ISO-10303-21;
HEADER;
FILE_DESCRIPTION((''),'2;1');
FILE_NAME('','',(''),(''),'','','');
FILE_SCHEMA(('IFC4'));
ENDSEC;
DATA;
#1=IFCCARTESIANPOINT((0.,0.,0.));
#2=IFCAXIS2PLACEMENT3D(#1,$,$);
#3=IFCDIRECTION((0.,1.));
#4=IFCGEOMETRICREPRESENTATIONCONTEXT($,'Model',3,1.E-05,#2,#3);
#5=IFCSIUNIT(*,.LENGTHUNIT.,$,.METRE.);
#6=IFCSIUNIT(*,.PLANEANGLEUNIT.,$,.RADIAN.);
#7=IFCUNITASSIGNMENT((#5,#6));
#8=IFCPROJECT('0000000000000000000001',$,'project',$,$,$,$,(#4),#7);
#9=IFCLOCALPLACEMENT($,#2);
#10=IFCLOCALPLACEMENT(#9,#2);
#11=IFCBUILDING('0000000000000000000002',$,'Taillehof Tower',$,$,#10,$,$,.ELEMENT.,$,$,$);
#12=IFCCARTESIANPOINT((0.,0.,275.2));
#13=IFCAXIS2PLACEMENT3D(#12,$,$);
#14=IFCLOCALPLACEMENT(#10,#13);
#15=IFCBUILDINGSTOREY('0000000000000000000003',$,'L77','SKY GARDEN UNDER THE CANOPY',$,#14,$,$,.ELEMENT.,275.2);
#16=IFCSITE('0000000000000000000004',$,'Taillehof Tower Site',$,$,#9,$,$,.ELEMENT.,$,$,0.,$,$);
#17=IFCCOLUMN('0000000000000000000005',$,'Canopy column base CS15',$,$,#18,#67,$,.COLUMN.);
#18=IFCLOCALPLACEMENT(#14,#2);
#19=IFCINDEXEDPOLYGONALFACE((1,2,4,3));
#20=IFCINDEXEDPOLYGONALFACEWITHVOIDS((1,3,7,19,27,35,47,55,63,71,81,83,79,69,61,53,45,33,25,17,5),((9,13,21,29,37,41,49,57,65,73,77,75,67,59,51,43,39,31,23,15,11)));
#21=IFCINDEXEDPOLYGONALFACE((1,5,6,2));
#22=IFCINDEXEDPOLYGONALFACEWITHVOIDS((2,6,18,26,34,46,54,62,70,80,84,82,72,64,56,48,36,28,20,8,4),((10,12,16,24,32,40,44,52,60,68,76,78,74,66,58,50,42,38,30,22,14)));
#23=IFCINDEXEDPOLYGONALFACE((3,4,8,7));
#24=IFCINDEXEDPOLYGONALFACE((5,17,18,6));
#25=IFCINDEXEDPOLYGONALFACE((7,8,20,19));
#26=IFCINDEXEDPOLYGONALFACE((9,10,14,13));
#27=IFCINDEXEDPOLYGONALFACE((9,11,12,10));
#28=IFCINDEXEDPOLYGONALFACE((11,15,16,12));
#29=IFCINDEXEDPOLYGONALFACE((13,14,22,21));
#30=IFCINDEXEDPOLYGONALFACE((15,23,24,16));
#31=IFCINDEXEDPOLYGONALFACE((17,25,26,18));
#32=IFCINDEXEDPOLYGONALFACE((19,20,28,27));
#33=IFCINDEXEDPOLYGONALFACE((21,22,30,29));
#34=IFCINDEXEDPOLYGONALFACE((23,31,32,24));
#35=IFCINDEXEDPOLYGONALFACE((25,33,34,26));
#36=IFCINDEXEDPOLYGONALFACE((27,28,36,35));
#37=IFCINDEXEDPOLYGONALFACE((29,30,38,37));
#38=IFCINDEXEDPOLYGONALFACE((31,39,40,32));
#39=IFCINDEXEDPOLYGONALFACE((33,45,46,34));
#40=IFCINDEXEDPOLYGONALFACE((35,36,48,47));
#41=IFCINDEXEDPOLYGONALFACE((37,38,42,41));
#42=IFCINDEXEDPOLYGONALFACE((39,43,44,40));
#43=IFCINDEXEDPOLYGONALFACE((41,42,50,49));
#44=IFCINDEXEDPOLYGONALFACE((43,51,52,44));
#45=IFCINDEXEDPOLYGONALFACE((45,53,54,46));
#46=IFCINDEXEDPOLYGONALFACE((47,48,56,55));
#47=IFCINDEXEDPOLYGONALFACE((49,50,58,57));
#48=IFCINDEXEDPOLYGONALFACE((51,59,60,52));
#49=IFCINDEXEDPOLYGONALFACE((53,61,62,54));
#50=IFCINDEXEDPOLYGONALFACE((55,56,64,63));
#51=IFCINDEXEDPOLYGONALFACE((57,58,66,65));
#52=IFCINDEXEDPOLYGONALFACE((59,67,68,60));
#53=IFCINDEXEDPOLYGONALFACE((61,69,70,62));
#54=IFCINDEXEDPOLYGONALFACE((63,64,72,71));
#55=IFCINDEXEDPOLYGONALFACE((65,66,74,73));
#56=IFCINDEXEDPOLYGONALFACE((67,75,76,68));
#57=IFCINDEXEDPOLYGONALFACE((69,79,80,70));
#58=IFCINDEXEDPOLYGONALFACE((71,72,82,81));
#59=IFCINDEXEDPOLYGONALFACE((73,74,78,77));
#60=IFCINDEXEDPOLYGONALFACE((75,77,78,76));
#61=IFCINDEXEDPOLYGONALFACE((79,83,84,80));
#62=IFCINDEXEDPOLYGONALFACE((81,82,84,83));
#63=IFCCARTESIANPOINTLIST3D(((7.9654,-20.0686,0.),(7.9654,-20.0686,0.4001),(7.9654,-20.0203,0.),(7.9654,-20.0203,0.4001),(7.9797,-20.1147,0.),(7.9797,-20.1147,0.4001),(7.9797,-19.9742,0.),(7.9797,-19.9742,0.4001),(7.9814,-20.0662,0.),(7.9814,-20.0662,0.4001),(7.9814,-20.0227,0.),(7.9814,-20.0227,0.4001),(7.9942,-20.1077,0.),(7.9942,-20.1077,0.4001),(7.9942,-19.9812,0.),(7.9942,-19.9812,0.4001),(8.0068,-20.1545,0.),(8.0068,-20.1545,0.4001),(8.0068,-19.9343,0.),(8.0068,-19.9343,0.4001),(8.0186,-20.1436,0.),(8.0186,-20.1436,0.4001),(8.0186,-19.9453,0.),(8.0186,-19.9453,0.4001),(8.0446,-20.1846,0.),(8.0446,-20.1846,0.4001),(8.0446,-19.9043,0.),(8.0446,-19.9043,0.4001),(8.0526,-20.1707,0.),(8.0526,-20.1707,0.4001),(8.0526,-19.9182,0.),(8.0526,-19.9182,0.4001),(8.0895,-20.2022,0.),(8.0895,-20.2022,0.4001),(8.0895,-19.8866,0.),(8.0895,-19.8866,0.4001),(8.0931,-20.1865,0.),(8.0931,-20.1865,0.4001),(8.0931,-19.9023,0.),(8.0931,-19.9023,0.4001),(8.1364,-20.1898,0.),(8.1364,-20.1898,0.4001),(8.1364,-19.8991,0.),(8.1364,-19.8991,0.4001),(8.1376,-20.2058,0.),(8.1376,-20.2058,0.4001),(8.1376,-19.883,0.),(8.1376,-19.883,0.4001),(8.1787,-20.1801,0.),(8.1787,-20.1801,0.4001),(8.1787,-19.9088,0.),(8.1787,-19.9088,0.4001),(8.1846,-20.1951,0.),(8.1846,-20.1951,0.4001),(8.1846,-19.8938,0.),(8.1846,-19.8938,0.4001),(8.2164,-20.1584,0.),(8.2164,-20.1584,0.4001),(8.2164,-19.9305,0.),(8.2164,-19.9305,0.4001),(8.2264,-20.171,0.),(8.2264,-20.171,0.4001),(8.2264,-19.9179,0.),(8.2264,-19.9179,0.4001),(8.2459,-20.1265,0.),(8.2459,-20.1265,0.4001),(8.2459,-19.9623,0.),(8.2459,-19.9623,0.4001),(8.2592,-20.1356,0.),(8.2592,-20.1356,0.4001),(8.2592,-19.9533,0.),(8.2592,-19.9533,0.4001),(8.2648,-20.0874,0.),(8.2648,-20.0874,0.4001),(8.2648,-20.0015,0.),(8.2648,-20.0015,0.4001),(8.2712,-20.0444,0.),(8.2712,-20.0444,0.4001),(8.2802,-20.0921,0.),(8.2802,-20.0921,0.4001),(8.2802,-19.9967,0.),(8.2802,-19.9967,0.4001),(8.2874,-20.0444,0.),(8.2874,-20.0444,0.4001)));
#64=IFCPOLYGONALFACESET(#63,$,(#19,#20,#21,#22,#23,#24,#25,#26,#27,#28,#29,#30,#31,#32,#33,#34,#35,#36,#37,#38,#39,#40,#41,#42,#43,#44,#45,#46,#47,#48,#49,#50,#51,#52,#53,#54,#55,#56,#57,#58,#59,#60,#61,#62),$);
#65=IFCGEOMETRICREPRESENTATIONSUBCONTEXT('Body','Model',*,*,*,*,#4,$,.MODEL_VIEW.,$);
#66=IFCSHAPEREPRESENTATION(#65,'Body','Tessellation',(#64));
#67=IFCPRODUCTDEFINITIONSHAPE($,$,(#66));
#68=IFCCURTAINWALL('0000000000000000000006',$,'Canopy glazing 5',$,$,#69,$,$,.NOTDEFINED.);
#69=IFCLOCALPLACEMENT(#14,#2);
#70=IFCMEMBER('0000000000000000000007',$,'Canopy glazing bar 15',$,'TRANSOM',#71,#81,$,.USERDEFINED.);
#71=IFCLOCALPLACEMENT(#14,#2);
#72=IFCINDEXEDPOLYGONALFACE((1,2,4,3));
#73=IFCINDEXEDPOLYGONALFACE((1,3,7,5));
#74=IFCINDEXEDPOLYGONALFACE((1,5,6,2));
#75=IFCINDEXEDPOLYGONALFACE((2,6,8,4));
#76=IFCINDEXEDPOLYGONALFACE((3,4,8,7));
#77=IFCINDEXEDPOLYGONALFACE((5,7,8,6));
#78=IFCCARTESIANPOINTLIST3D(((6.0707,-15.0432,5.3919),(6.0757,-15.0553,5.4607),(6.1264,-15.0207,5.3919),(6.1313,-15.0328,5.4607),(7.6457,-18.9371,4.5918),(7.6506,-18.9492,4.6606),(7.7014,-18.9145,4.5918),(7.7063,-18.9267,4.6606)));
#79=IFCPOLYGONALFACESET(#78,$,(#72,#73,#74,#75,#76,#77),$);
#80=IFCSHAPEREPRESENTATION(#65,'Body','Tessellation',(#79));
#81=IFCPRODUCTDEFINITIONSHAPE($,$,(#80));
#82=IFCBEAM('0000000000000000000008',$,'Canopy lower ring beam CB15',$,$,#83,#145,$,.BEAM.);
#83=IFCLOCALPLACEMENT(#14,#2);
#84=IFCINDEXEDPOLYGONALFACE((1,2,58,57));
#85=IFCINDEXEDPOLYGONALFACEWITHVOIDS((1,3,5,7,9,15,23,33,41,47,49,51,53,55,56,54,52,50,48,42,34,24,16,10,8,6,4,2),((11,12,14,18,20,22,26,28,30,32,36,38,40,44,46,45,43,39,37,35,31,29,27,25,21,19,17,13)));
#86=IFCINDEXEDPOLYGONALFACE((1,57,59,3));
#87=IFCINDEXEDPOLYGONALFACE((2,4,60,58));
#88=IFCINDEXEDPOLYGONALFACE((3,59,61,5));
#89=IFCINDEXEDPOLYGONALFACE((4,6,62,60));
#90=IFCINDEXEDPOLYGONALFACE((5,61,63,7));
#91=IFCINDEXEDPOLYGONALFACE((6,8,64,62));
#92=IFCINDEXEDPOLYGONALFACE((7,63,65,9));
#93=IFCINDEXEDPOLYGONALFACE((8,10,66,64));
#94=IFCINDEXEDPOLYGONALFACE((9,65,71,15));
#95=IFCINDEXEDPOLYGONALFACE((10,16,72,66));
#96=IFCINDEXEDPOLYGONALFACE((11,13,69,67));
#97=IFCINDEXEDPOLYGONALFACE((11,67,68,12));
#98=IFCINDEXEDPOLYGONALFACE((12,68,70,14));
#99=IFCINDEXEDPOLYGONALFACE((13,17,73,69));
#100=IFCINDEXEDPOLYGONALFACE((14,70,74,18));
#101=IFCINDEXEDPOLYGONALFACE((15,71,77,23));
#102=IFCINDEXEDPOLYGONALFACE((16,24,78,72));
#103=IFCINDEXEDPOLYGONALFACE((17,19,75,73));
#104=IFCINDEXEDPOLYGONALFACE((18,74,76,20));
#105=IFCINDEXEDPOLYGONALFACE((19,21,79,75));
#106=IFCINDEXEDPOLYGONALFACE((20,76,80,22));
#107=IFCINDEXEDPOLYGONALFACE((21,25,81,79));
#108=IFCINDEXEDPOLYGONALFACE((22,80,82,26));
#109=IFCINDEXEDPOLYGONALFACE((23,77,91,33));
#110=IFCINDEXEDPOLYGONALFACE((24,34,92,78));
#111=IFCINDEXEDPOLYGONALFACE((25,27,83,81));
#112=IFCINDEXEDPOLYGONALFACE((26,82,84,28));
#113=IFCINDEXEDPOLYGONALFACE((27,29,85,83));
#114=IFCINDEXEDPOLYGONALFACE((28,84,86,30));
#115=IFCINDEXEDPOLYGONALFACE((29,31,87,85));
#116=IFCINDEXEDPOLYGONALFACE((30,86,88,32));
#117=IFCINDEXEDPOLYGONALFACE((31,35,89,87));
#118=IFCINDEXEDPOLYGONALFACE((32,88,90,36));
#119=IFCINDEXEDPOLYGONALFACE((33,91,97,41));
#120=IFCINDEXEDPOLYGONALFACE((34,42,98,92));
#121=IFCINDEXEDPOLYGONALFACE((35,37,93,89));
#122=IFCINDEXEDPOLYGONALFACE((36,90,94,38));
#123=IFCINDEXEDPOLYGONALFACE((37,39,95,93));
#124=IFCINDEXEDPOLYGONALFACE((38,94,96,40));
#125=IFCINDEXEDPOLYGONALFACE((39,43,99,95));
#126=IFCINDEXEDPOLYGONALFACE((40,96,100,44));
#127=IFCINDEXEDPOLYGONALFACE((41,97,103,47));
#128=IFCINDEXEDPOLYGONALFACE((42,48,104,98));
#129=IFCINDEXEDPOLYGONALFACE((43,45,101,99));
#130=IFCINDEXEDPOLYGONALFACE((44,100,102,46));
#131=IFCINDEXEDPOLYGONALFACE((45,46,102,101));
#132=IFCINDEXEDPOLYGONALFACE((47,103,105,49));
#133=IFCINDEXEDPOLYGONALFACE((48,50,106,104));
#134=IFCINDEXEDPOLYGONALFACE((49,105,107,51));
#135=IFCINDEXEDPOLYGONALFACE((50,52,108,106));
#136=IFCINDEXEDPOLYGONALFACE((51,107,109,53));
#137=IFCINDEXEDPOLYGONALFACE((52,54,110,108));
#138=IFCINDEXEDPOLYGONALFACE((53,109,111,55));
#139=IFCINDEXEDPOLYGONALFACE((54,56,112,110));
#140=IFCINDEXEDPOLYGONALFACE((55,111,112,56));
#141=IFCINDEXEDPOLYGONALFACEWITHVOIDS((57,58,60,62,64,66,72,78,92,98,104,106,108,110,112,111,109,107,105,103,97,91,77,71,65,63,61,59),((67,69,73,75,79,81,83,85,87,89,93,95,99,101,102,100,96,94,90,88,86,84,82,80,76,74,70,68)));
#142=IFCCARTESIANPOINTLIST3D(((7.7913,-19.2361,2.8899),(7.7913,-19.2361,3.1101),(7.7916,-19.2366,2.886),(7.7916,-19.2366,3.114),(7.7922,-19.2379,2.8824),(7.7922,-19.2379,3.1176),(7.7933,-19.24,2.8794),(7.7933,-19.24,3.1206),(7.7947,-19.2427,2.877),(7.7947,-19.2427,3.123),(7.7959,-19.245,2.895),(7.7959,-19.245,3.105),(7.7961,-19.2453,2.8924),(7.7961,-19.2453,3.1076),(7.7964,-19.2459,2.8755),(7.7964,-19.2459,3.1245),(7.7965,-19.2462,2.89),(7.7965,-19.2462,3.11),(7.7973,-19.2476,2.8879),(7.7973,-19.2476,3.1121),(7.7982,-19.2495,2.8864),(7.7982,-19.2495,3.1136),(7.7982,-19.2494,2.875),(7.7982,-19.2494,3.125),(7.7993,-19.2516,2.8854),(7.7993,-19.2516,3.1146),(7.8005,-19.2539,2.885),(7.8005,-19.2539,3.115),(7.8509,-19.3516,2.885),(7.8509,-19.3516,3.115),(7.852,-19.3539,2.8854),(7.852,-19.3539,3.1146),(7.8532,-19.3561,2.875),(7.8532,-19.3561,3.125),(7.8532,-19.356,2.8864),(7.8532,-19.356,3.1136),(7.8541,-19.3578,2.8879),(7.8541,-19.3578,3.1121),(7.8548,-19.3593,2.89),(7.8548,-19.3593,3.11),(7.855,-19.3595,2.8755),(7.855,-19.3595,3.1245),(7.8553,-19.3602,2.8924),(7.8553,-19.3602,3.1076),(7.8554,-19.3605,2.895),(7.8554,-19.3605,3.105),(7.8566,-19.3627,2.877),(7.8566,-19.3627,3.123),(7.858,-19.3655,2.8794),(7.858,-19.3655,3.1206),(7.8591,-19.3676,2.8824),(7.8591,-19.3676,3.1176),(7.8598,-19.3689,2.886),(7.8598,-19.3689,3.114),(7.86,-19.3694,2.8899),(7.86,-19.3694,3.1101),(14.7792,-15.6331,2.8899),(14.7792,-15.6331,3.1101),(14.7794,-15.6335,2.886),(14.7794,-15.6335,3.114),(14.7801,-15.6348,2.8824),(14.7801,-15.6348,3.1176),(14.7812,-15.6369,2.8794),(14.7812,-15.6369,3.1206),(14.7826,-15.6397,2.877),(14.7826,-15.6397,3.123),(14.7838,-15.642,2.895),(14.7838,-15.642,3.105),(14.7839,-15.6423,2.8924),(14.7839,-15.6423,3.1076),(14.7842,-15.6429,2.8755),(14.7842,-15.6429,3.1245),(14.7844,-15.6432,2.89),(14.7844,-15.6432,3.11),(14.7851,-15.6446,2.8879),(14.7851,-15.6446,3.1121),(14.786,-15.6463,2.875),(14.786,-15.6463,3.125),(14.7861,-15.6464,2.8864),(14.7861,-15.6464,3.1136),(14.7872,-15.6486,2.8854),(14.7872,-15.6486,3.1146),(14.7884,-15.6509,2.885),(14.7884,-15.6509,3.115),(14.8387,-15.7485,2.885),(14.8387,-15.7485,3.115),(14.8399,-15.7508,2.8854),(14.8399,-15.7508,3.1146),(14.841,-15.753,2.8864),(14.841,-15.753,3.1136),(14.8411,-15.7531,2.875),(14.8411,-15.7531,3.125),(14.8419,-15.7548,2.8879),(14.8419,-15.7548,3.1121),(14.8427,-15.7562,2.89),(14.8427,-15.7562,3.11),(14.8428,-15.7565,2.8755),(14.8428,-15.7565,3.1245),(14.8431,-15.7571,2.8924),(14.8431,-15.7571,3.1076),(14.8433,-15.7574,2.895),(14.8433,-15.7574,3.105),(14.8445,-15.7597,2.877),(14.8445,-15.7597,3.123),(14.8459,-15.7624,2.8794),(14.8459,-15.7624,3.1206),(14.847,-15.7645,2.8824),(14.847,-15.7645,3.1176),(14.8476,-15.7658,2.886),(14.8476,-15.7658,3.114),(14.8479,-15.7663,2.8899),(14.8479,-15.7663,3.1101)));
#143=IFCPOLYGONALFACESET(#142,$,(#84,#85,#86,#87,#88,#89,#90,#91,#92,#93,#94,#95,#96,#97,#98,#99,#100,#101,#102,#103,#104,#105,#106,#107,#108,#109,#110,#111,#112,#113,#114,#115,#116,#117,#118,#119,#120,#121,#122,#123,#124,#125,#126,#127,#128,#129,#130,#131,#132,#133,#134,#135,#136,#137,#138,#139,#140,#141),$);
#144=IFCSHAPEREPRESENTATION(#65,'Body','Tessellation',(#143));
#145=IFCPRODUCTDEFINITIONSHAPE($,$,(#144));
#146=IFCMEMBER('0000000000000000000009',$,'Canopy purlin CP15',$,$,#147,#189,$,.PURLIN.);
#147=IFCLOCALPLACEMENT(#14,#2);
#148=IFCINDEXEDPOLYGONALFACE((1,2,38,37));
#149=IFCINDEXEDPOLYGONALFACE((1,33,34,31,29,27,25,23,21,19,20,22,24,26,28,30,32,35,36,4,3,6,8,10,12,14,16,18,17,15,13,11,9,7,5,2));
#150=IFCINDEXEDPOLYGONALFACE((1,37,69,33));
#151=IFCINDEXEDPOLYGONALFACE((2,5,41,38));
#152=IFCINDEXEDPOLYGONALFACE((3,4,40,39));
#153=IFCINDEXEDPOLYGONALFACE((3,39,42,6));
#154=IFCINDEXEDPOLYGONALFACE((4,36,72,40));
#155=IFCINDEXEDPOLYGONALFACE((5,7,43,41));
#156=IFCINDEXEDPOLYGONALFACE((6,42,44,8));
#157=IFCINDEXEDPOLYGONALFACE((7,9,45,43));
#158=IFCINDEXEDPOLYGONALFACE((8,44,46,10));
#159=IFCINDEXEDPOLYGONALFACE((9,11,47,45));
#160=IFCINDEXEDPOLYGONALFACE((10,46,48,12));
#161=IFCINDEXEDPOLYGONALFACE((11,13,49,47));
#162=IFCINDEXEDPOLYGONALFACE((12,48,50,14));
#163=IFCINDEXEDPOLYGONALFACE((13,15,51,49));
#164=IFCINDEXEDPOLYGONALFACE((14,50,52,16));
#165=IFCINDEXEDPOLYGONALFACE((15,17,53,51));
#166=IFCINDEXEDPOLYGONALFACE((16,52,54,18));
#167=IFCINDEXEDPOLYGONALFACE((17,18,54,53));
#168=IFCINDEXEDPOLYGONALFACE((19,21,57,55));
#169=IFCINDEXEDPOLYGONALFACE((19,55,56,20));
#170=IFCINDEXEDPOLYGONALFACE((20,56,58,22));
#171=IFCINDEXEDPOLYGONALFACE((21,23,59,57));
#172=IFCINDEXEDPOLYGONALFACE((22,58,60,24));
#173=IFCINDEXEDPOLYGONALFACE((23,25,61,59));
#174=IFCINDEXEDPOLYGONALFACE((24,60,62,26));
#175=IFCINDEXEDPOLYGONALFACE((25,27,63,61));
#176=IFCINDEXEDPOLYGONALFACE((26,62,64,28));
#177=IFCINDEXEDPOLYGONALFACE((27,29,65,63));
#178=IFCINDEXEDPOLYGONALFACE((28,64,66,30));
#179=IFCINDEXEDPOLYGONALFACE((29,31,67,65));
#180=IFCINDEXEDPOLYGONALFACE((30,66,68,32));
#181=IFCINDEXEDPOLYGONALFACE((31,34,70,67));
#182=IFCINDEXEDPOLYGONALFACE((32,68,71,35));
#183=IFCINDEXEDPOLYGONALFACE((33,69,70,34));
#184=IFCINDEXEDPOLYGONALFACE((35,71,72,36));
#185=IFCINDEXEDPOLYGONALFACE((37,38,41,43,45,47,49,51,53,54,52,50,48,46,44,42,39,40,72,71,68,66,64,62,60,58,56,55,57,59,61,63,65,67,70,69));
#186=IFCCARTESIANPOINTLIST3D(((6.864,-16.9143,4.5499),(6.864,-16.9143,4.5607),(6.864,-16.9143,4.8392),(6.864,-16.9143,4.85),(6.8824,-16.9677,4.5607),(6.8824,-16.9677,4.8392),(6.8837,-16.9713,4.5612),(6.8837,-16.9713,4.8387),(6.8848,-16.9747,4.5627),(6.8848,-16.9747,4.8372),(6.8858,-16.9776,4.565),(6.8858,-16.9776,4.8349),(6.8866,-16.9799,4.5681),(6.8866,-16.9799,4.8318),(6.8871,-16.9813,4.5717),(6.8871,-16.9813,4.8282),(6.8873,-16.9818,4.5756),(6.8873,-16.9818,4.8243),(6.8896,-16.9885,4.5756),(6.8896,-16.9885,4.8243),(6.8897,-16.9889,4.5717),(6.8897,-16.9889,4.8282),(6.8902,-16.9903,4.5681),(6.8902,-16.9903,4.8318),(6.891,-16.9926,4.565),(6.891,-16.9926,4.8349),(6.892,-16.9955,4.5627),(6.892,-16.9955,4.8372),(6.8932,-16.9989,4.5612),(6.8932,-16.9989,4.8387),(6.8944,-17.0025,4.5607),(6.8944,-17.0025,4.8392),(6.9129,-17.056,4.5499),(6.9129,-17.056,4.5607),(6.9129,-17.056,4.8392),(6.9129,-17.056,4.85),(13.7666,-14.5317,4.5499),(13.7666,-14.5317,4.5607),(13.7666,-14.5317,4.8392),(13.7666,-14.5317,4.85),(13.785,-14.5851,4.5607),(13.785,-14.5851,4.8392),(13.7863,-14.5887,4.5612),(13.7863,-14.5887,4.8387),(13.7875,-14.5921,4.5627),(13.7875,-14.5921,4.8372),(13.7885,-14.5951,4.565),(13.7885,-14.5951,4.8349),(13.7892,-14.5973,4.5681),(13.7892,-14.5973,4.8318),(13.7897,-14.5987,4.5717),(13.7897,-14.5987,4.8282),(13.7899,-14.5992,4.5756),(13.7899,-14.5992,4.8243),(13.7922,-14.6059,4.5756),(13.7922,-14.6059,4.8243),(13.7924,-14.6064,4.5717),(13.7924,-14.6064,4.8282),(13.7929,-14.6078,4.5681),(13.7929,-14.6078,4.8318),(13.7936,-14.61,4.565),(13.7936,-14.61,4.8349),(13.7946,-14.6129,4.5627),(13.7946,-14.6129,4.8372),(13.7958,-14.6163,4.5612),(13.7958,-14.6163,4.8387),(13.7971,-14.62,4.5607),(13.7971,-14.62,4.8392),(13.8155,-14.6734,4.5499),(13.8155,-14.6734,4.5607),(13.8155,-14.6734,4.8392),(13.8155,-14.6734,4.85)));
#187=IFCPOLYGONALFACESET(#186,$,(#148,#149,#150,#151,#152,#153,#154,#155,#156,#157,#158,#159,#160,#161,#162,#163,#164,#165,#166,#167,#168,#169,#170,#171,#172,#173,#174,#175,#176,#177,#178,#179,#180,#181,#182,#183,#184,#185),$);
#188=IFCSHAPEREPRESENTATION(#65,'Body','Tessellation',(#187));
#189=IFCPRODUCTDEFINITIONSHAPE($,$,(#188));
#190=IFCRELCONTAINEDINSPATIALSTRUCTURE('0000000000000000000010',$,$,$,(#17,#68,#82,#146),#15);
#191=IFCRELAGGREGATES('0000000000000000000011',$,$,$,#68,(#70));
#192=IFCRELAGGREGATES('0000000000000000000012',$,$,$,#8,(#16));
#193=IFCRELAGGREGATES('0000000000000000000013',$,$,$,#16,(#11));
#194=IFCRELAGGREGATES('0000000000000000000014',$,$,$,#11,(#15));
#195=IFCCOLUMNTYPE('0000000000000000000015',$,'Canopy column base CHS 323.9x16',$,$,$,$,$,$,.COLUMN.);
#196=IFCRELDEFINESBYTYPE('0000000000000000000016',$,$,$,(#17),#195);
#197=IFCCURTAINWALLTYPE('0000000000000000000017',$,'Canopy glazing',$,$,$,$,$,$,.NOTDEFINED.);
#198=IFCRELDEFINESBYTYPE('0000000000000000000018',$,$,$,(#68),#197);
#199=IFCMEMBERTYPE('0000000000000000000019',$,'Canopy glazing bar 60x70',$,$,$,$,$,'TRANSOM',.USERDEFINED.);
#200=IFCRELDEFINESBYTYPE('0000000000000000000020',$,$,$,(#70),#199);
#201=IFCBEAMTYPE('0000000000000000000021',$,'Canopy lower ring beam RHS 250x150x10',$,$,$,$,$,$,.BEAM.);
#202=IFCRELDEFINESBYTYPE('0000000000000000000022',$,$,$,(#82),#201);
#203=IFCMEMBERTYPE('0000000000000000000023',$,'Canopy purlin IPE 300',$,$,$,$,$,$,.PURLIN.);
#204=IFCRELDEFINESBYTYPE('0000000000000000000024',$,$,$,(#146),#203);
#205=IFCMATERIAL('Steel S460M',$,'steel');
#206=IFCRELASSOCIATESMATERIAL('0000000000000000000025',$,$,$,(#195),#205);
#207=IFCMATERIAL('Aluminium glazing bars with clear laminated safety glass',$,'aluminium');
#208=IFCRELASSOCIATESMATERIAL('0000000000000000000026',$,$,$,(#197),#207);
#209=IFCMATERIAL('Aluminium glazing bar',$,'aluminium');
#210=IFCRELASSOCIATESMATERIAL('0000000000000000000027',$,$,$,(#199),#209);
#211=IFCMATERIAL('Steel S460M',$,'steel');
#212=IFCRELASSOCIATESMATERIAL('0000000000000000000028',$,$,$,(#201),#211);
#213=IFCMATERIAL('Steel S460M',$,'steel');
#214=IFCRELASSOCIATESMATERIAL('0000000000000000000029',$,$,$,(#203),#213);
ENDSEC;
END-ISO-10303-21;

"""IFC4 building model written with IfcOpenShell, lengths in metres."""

from ifc_helpers import new_model, si_unit, direction, frame, origin, origin_2d, place, context, subcontext, project, spatial, rectangle, hollow_rectangle, hollow_circle, i_section, extrude, material, material_profile, profile_set, type_object, element, aggregate, save


model = new_model("IFC4")

# Units and contexts
model_context = context("Model", 3, precision=1e-05, world=origin(), true_north=direction((0.0, 1.0)))
body_context = subcontext(model_context, "Body", "Model", "MODEL_VIEW")
ifc_project = project(units=[si_unit("LENGTHUNIT", "METRE"), si_unit("PLANEANGLEUNIT", "RADIAN")], contexts=[model_context])

# Site, building, storey
site_placement = place(None, origin())
site = spatial("IfcSite", under=ifc_project, at=site_placement, Name="Taillehof Tower Site", CompositionType="ELEMENT", RefElevation=0.0)
building_placement = place(site_placement, origin())
building = spatial("IfcBuilding", under=site, at=building_placement, Name="Taillehof Tower", CompositionType="ELEMENT")
storey_placement = place(building_placement, frame((0.0, 0.0, 275.2)))
storey = spatial("IfcBuildingStorey", under=building, at=storey_placement, Name="L77", Description="SKY GARDEN UNDER THE CANOPY", CompositionType="ELEMENT", Elevation=275.2)

# Column
ifc_material_1 = material(Name="Steel S460M", Category="steel")
ifc_material_profile_1 = material_profile(ifc_material_1, hollow_circle(Radius=0.1619, WallThickness=0.0161, at=origin_2d()), Name="CHS 323.9x16")
ifc_profile_set_1 = profile_set([ifc_material_profile_1], Name="Steel S460M")
column_type = type_object("IfcColumnType", Name="Canopy column base CHS 323.9x16", PredefinedType="COLUMN", material=ifc_profile_set_1)
column_placement = place(storey_placement, frame((8.1255, -20.0444, 0.0), z_axis=(0.0, 0.0, 1.0), x_axis=(1.0, 0.0, 0.0)))
element("IfcColumn", 1, at=column_placement, inside=storey, type_object=column_type, Name="Canopy column base CS15", PredefinedType="COLUMN", context=body_context, shape_type="SweptSolid", body=[
    extrude(hollow_circle(Radius=0.1619, WallThickness=0.0161, at=origin_2d()), origin(), (0.0, 0.0, 1.0), 0.4001),
])

# Curtain wall, member
ifc_material_2 = material(Name="Aluminium glazing bars with clear laminated safety glass", Category="aluminium")
curtain_wall_type = type_object("IfcCurtainWallType", Name="Canopy glazing", PredefinedType="NOTDEFINED", material=ifc_material_2)
curtain_wall_placement = place(storey_placement, origin())
curtain_wall = element("IfcCurtainWall", 2, at=curtain_wall_placement, inside=storey, type_object=curtain_wall_type, Name="Canopy glazing 5", PredefinedType="NOTDEFINED")
ifc_material_3 = material(Name="Aluminium glazing bar", Category="aluminium")
ifc_material_profile_2 = material_profile(ifc_material_3, rectangle(XDim=0.0601, YDim=0.0701, at=origin_2d()), Name="AL 60x70")
ifc_profile_set_2 = profile_set([ifc_material_profile_2], Name="Aluminium glazing bar")
member_type_1 = type_object("IfcMemberType", Name="Canopy glazing bar 60x70", ElementType="TRANSOM", PredefinedType="USERDEFINED", material=ifc_profile_set_2)
member_1_placement = place(storey_placement, frame((7.676, -18.9319, 4.6262), z_axis=(-0.368343, 0.910666, 0.187112), x_axis=(-0.927039, -0.374966, 0.0)))
member_1 = element("IfcMember", 3, at=member_1_placement, type_object=member_type_1, Name="Canopy glazing bar 15", ObjectType="TRANSOM", PredefinedType="USERDEFINED", context=body_context, shape_type="SweptSolid", body=[
    extrude(rectangle(XDim=0.0601, YDim=0.0701, at=origin_2d()), origin(), (0.0, 0.0, 1.0), 4.2759),
])
aggregate(curtain_wall, [member_1])

# Beam
ifc_material_4 = material(Name="Steel S460M", Category="steel")
ifc_material_profile_3 = material_profile(ifc_material_4, hollow_rectangle(XDim=0.1499, YDim=0.25, WallThickness=0.01, InnerFilletRadius=0.01, OuterFilletRadius=0.0149, at=origin_2d()), Name="RHS 250x150x10")
ifc_profile_set_3 = profile_set([ifc_material_profile_3], Name="Steel S460M")
beam_type_1 = type_object("IfcBeamType", Name="Canopy lower ring beam RHS 250x150x10", PredefinedType="BEAM", material=ifc_profile_set_3)
beam_1_placement = place(storey_placement, frame((7.8257, -19.3027, 3.0), z_axis=(0.888806, 0.458284, 0.0), x_axis=(-0.458284, 0.888806, 0.0)))
element("IfcBeam", 4, at=beam_1_placement, inside=storey, type_object=beam_type_1, Name="Canopy lower ring beam CB15", PredefinedType="BEAM", context=body_context, shape_type="SweptSolid", body=[
    extrude(hollow_rectangle(XDim=0.1499, YDim=0.25, WallThickness=0.01, InnerFilletRadius=0.01, OuterFilletRadius=0.0149, at=origin_2d()), origin(), (0.0, 0.0, 1.0), 7.8621),
])

# Member
ifc_material_5 = material(Name="Steel S460M", Category="steel")
ifc_material_profile_4 = material_profile(ifc_material_5, i_section(OverallWidth=0.1499, OverallDepth=0.3, WebThickness=0.0071, FlangeThickness=0.0107, FilletRadius=0.0149, at=origin_2d()), Name="IPE 300")
ifc_profile_set_4 = profile_set([ifc_material_profile_4], Name="Steel S460M")
member_type_2 = type_object("IfcMemberType", Name="Canopy purlin IPE 300", PredefinedType="PURLIN", material=ifc_profile_set_4)
member_2_placement = place(storey_placement, frame((6.8884, -16.9851, 4.7), z_axis=(0.945273, 0.32628, 0.0), x_axis=(-0.32628, 0.945273, 0.0)))
element("IfcMember", 5, at=member_2_placement, inside=storey, type_object=member_type_2, Name="Canopy purlin CP15", PredefinedType="PURLIN", context=body_context, shape_type="SweptSolid", body=[
    extrude(i_section(OverallWidth=0.1499, OverallDepth=0.3, WebThickness=0.0071, FlangeThickness=0.0107, FilletRadius=0.0149, at=origin_2d()), origin(), (0.0, 0.0, 1.0), 7.3022),
])

save(model, "model.ifc")
